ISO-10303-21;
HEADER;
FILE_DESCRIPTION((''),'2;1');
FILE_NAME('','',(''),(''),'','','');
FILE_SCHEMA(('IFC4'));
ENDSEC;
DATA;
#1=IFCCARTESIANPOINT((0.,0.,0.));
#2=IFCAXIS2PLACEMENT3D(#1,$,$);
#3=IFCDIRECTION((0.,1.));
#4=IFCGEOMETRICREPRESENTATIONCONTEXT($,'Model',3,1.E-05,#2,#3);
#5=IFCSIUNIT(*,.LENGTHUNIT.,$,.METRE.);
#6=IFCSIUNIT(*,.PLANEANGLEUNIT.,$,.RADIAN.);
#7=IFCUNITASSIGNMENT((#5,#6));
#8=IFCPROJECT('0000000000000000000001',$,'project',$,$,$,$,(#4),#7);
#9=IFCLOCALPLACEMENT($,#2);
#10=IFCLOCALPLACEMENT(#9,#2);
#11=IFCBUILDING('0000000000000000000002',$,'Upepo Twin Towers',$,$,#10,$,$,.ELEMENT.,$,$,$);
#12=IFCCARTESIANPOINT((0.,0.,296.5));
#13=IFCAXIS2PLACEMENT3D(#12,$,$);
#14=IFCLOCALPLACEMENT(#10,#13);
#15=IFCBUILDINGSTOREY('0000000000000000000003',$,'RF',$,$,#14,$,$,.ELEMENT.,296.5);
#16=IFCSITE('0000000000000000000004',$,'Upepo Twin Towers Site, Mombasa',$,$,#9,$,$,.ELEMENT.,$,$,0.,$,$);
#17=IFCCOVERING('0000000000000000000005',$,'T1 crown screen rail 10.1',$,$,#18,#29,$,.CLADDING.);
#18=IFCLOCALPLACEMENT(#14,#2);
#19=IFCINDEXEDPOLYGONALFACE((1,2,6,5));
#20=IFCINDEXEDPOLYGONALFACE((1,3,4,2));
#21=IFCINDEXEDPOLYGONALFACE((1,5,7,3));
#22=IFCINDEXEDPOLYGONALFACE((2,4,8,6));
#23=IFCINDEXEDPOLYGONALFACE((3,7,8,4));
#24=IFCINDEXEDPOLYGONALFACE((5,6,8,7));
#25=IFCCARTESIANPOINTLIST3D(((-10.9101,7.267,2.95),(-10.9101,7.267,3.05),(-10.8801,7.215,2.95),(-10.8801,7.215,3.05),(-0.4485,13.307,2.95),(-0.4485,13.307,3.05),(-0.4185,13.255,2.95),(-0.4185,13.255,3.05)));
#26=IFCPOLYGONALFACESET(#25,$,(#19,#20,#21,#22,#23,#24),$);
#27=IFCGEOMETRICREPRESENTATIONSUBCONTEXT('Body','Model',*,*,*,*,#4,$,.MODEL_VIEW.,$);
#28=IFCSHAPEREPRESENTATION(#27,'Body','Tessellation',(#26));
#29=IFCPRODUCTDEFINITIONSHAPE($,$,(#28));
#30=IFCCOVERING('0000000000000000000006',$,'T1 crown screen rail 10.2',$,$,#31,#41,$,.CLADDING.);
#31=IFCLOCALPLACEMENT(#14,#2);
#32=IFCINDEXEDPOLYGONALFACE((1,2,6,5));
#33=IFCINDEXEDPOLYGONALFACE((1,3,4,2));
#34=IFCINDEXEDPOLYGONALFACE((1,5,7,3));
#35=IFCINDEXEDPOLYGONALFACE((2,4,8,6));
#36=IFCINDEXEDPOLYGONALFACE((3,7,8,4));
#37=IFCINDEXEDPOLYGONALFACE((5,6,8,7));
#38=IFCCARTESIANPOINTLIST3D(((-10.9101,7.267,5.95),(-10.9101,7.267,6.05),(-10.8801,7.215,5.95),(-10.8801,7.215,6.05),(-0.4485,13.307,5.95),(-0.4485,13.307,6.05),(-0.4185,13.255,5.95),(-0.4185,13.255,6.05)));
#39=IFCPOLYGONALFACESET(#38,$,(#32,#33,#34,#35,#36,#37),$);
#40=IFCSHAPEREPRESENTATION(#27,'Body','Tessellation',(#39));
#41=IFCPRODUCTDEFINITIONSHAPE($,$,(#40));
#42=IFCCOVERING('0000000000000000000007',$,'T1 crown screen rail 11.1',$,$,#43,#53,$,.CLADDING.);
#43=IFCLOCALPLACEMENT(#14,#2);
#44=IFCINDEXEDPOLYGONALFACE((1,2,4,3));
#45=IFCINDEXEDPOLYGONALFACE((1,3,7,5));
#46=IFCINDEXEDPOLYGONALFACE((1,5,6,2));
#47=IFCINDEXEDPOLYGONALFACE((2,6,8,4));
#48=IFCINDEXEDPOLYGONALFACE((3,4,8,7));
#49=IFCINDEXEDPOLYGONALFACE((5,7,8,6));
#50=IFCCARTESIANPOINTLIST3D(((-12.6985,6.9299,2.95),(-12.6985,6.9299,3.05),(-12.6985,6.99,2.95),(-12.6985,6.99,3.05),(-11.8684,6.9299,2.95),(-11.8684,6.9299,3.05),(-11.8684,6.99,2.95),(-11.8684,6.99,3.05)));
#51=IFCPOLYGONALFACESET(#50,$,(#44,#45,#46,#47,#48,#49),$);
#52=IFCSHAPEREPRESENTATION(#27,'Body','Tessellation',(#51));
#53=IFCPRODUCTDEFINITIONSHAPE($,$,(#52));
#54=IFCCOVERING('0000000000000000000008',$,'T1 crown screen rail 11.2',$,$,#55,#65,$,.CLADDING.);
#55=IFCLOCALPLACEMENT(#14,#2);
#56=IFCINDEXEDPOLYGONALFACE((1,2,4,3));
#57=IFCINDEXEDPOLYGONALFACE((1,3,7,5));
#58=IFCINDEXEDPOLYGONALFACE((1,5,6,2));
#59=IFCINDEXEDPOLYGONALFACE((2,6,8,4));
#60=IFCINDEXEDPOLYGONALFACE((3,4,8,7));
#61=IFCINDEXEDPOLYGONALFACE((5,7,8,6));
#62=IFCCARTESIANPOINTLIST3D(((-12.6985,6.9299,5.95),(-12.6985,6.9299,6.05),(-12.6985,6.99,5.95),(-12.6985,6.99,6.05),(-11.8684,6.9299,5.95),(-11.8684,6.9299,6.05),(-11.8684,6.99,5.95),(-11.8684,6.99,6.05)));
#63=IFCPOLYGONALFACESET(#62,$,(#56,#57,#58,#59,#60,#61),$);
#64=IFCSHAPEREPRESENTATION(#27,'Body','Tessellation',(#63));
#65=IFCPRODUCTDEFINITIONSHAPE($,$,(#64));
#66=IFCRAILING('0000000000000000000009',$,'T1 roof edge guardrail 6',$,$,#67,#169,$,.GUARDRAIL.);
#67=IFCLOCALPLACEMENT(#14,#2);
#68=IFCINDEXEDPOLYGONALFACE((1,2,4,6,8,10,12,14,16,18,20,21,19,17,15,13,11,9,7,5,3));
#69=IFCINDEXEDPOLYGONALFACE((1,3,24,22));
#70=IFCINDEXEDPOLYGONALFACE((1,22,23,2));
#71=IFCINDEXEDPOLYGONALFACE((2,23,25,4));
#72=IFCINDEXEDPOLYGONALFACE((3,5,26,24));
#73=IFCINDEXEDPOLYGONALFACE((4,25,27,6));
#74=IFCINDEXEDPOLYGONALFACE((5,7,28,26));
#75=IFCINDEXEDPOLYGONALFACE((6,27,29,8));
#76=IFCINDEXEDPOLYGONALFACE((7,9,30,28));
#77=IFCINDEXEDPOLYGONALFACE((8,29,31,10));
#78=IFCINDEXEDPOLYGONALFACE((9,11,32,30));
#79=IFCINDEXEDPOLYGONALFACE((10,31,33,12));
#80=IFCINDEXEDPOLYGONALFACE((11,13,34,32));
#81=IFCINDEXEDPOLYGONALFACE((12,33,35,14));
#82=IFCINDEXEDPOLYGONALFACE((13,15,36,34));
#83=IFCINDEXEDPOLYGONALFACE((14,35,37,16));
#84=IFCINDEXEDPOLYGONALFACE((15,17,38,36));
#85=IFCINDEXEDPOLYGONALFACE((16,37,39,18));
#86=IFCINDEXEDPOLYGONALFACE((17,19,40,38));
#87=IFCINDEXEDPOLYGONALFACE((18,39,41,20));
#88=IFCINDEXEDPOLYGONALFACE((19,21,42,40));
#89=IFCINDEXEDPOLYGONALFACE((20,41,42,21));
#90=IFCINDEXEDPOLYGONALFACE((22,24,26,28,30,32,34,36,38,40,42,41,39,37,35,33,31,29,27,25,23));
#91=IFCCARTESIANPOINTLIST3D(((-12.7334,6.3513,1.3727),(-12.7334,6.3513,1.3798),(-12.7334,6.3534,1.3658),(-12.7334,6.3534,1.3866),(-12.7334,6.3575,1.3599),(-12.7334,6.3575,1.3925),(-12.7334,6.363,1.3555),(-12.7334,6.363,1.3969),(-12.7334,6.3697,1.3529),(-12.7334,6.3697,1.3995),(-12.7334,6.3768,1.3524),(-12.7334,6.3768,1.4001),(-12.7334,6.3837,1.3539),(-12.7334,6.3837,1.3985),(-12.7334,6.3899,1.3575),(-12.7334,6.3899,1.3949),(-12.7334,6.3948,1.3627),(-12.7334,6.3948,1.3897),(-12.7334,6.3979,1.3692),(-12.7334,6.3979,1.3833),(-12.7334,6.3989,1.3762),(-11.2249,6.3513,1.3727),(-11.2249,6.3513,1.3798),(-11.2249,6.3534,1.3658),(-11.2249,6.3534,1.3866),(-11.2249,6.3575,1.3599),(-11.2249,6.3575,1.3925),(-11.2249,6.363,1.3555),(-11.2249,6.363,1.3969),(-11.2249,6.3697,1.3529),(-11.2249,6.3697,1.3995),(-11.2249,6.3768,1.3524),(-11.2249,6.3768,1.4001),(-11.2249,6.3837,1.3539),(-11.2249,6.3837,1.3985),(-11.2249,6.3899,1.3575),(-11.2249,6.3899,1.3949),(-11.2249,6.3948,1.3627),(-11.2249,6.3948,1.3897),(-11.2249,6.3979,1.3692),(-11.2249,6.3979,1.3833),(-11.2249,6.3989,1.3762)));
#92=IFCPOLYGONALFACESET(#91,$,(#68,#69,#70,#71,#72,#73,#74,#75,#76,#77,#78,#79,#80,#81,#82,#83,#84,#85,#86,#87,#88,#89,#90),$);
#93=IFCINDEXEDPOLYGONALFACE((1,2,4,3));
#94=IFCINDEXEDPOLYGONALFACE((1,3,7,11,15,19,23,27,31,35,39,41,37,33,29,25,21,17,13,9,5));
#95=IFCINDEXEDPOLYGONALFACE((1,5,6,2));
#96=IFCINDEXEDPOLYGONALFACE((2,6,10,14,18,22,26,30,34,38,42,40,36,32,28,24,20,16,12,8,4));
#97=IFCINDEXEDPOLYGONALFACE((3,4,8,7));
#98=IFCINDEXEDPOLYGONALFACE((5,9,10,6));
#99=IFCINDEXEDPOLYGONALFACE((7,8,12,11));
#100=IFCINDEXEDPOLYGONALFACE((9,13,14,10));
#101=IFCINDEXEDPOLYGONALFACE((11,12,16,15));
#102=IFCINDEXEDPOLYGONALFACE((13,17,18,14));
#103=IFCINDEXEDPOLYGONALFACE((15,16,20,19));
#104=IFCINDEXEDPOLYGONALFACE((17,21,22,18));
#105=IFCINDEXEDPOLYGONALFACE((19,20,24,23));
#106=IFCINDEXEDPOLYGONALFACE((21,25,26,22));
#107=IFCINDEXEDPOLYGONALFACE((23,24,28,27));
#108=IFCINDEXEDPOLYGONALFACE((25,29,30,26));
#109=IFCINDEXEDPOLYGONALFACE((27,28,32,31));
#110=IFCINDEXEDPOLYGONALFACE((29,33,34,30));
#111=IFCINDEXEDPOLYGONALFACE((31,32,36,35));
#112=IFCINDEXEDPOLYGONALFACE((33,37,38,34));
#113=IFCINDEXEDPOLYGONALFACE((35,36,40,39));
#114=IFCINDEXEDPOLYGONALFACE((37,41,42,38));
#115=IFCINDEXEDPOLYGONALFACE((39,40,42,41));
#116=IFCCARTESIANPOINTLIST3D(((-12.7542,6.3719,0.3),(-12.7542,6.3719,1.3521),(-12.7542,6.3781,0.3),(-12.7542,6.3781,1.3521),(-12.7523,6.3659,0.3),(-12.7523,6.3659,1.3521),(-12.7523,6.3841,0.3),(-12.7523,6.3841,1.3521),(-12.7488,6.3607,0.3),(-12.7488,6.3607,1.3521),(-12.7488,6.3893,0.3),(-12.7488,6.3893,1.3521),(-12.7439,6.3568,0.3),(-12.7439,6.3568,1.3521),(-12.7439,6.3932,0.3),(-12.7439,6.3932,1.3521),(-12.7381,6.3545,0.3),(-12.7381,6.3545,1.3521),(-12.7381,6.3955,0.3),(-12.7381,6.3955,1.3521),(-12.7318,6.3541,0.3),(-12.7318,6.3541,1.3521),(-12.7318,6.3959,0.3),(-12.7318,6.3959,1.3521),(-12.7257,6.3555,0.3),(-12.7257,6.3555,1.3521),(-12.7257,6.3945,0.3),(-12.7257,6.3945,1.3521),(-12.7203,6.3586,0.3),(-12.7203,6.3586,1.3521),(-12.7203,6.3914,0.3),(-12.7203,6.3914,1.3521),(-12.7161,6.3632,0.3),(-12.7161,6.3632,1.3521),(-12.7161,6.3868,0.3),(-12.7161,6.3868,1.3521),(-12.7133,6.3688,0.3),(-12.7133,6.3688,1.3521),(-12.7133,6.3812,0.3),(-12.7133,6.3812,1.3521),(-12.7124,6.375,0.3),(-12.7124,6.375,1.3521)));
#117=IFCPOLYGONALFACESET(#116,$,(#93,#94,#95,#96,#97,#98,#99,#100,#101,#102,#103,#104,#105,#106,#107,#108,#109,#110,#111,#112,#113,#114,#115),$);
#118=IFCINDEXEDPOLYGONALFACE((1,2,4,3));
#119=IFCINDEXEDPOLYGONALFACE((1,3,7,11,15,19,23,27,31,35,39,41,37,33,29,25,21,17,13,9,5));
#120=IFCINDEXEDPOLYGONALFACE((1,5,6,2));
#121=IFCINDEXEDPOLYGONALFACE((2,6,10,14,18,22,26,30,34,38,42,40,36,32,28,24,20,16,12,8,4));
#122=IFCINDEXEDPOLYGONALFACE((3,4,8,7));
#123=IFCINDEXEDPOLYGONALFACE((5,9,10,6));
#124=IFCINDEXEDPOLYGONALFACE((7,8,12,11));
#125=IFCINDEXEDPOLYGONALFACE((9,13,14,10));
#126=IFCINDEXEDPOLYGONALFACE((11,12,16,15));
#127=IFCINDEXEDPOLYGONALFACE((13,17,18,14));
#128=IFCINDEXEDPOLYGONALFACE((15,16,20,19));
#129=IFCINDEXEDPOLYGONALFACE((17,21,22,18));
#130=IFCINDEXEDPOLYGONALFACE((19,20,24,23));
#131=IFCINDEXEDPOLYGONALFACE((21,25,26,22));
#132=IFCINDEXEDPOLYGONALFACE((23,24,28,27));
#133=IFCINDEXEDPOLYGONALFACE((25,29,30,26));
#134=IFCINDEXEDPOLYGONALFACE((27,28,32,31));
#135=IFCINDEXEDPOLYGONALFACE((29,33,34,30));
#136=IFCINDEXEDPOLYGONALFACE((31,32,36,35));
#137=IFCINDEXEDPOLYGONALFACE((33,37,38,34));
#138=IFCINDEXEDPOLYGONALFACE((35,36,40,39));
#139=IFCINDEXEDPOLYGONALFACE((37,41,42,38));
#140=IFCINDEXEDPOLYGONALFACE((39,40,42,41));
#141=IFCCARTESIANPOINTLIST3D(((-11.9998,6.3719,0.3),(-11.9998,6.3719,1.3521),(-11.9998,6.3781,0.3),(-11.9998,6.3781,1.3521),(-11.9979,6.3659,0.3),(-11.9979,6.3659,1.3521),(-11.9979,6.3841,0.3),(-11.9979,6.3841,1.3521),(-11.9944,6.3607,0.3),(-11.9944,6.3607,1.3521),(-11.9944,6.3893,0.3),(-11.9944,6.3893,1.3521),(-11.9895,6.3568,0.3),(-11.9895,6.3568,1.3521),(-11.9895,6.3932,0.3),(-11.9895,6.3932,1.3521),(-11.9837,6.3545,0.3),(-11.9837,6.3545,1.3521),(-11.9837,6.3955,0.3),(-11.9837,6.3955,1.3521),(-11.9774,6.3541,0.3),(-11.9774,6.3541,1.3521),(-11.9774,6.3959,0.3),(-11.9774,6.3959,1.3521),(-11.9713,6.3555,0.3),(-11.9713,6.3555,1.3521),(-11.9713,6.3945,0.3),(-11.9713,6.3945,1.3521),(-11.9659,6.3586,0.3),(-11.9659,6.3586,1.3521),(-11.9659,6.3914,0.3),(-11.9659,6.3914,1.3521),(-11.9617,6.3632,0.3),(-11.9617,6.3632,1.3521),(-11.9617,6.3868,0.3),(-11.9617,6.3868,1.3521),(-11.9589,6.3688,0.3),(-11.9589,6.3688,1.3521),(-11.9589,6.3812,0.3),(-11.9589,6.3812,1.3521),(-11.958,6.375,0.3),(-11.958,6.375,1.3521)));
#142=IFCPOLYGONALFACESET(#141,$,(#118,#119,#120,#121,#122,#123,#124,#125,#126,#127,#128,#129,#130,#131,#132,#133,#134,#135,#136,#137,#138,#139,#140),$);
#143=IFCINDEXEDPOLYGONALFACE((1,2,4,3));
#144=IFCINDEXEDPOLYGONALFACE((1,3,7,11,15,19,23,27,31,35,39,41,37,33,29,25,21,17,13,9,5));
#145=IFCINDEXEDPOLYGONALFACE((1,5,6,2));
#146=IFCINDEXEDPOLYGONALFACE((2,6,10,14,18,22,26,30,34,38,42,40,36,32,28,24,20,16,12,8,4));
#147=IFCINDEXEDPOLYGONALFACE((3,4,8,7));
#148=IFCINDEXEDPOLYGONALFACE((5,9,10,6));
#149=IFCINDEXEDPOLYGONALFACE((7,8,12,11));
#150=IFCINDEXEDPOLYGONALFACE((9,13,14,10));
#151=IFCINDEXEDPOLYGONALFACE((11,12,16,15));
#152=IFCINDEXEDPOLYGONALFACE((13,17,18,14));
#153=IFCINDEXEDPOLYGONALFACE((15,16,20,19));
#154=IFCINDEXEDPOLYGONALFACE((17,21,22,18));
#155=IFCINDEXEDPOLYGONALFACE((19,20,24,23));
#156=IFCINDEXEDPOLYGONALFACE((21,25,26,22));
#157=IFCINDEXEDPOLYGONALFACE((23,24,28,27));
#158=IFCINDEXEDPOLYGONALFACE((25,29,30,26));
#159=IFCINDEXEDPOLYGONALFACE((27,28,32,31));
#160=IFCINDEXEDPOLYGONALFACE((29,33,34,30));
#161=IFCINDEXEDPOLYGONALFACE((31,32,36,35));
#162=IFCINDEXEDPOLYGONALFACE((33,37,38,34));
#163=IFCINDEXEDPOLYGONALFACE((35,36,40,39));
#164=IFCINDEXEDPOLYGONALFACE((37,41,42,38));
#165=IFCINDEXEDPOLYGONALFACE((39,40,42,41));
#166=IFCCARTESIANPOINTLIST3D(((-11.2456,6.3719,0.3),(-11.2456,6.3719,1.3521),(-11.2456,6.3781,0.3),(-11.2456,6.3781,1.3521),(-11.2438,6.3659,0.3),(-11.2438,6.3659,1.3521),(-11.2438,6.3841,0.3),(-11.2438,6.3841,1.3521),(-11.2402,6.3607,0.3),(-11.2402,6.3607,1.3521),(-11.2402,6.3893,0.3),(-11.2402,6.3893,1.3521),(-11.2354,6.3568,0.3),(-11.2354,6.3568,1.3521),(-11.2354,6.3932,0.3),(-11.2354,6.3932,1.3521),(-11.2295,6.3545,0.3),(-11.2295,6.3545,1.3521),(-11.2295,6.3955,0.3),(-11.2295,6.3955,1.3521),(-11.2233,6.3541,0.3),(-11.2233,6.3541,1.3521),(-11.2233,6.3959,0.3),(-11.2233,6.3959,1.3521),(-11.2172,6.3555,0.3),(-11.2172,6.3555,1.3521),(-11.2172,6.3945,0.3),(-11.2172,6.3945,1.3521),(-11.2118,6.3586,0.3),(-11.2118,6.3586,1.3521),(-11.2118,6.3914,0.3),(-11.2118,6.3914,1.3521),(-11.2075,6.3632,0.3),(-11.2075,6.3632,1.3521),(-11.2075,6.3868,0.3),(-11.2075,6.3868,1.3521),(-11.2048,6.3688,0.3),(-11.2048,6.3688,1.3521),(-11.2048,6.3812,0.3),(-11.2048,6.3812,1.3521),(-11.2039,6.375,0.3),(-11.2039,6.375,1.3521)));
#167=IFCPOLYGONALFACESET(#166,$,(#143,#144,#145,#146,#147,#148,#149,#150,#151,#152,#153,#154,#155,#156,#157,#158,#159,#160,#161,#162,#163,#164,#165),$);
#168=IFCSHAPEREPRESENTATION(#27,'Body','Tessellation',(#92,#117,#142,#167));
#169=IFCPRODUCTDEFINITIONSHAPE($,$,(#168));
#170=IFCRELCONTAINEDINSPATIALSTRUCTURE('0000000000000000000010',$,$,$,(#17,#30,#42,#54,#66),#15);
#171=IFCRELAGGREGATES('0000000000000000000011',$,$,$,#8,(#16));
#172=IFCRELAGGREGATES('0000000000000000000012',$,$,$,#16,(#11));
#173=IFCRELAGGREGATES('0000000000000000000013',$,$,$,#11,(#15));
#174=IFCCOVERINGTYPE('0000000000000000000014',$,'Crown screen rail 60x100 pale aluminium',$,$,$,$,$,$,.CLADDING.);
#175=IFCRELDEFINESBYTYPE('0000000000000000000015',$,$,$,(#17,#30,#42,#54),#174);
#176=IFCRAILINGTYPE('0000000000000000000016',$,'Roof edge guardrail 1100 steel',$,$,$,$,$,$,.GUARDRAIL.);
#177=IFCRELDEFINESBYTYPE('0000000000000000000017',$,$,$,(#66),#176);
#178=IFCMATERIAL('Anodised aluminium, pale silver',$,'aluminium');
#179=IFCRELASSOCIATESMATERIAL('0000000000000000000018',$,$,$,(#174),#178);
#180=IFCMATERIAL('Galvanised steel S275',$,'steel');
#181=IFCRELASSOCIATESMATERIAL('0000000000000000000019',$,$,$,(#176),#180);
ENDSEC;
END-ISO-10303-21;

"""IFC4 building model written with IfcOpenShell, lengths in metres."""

from ifc_helpers import new_model, si_unit, direction, frame, origin, origin_2d, place, context, subcontext, project, spatial, rectangle, circle, extrude, material, type_object, element, save


model = new_model("IFC4")

# Units and contexts
model_context = context("Model", 3, precision=1e-05, world=origin(), true_north=direction((0.0, 1.0)))
body_context = subcontext(model_context, "Body", "Model", "MODEL_VIEW")
ifc_project = project(units=[si_unit("LENGTHUNIT", "METRE"), si_unit("PLANEANGLEUNIT", "RADIAN")], contexts=[model_context])

# Site, building, storey
site_placement = place(None, origin())
site = spatial("IfcSite", under=ifc_project, at=site_placement, Name="Upepo Twin Towers Site, Mombasa", CompositionType="ELEMENT", RefElevation=0.0)
building_placement = place(site_placement, origin())
building = spatial("IfcBuilding", under=site, at=building_placement, Name="Upepo Twin Towers", CompositionType="ELEMENT")
storey_placement = place(building_placement, frame((0.0, 0.0, 296.5)))
storey = spatial("IfcBuildingStorey", under=building, at=storey_placement, Name="RF", CompositionType="ELEMENT", Elevation=296.5)

# Coverings
ifc_material_1 = material(Name="Anodised aluminium, pale silver", Category="aluminium")
covering_type_1 = type_object("IfcCoveringType", Name="Crown screen rail 60x100 pale aluminium", PredefinedType="CLADDING", material=ifc_material_1)
for number, where, z_axis, x_axis, name in (
    (1, (-5.6643, 10.261, 2.95), (0.0, 0.0, 1.0), (-0.866025, -0.5, 0.0), "T1 crown screen rail 10.1"),
    (2, (-5.6643, 10.261, 5.95), (0.0, 0.0, 1.0), (-0.866025, -0.5, 0.0), "T1 crown screen rail 10.2"),
):
    element("IfcCovering", number, at=place(storey_placement, frame(where, z_axis=z_axis, x_axis=x_axis)), inside=storey, type_object=covering_type_1, Name=name, PredefinedType="CLADDING", context=body_context, shape_type="SweptSolid", body=[
        extrude(rectangle(XDim=12.0801, YDim=0.0601, at=origin_2d()), origin(), (0.0, 0.0, 1.0), 0.1001),
    ])
for number, where, z_axis, x_axis, name in (
    (3, (-12.2834, 6.96, 2.95), (0.0, 0.0, 1.0), (-1.0, 0.0, 0.0), "T1 crown screen rail 11.1"),
    (4, (-12.2834, 6.96, 5.95), (0.0, 0.0, 1.0), (-1.0, 0.0, 0.0), "T1 crown screen rail 11.2"),
):
    element("IfcCovering", number, at=place(storey_placement, frame(where, z_axis=z_axis, x_axis=x_axis)), inside=storey, type_object=covering_type_1, Name=name, PredefinedType="CLADDING", context=body_context, shape_type="SweptSolid", body=[
        extrude(rectangle(XDim=0.8301, YDim=0.0601, at=origin_2d()), origin(), (0.0, 0.0, 1.0), 0.1001),
    ])

# Railing
ifc_material_2 = material(Name="Galvanised steel S275", Category="steel")
railing_type = type_object("IfcRailingType", Name="Roof edge guardrail 1100 steel", PredefinedType="GUARDRAIL", material=ifc_material_2)
railing_1_placement = place(storey_placement, frame((-12.7334, 6.375, 0.3)))
element("IfcRailing", 5, at=railing_1_placement, inside=storey, type_object=railing_type, Name="T1 roof edge guardrail 6", PredefinedType="GUARDRAIL", context=body_context, shape_type="SweptSolid", body=[
    extrude(circle(Radius=0.0239, at=origin_2d()), frame((0.0, 0.0, 1.0762), z_axis=(1.0, 0.0, 0.0), x_axis=(0.0, 1.0, 0.0)), (0.0, 0.0, 1.0), 1.5085),
    extrude(circle(Radius=0.021, at=origin_2d()), origin(), (0.0, 0.0, 1.0), 1.052),
    extrude(circle(Radius=0.021, at=origin_2d()), frame((0.7544, 0.0, 0.0)), (0.0, 0.0, 1.0), 1.052),
    extrude(circle(Radius=0.021, at=origin_2d()), frame((1.5085, 0.0, 0.0)), (0.0, 0.0, 1.0), 1.052),
])

save(model, "model.ifc")
